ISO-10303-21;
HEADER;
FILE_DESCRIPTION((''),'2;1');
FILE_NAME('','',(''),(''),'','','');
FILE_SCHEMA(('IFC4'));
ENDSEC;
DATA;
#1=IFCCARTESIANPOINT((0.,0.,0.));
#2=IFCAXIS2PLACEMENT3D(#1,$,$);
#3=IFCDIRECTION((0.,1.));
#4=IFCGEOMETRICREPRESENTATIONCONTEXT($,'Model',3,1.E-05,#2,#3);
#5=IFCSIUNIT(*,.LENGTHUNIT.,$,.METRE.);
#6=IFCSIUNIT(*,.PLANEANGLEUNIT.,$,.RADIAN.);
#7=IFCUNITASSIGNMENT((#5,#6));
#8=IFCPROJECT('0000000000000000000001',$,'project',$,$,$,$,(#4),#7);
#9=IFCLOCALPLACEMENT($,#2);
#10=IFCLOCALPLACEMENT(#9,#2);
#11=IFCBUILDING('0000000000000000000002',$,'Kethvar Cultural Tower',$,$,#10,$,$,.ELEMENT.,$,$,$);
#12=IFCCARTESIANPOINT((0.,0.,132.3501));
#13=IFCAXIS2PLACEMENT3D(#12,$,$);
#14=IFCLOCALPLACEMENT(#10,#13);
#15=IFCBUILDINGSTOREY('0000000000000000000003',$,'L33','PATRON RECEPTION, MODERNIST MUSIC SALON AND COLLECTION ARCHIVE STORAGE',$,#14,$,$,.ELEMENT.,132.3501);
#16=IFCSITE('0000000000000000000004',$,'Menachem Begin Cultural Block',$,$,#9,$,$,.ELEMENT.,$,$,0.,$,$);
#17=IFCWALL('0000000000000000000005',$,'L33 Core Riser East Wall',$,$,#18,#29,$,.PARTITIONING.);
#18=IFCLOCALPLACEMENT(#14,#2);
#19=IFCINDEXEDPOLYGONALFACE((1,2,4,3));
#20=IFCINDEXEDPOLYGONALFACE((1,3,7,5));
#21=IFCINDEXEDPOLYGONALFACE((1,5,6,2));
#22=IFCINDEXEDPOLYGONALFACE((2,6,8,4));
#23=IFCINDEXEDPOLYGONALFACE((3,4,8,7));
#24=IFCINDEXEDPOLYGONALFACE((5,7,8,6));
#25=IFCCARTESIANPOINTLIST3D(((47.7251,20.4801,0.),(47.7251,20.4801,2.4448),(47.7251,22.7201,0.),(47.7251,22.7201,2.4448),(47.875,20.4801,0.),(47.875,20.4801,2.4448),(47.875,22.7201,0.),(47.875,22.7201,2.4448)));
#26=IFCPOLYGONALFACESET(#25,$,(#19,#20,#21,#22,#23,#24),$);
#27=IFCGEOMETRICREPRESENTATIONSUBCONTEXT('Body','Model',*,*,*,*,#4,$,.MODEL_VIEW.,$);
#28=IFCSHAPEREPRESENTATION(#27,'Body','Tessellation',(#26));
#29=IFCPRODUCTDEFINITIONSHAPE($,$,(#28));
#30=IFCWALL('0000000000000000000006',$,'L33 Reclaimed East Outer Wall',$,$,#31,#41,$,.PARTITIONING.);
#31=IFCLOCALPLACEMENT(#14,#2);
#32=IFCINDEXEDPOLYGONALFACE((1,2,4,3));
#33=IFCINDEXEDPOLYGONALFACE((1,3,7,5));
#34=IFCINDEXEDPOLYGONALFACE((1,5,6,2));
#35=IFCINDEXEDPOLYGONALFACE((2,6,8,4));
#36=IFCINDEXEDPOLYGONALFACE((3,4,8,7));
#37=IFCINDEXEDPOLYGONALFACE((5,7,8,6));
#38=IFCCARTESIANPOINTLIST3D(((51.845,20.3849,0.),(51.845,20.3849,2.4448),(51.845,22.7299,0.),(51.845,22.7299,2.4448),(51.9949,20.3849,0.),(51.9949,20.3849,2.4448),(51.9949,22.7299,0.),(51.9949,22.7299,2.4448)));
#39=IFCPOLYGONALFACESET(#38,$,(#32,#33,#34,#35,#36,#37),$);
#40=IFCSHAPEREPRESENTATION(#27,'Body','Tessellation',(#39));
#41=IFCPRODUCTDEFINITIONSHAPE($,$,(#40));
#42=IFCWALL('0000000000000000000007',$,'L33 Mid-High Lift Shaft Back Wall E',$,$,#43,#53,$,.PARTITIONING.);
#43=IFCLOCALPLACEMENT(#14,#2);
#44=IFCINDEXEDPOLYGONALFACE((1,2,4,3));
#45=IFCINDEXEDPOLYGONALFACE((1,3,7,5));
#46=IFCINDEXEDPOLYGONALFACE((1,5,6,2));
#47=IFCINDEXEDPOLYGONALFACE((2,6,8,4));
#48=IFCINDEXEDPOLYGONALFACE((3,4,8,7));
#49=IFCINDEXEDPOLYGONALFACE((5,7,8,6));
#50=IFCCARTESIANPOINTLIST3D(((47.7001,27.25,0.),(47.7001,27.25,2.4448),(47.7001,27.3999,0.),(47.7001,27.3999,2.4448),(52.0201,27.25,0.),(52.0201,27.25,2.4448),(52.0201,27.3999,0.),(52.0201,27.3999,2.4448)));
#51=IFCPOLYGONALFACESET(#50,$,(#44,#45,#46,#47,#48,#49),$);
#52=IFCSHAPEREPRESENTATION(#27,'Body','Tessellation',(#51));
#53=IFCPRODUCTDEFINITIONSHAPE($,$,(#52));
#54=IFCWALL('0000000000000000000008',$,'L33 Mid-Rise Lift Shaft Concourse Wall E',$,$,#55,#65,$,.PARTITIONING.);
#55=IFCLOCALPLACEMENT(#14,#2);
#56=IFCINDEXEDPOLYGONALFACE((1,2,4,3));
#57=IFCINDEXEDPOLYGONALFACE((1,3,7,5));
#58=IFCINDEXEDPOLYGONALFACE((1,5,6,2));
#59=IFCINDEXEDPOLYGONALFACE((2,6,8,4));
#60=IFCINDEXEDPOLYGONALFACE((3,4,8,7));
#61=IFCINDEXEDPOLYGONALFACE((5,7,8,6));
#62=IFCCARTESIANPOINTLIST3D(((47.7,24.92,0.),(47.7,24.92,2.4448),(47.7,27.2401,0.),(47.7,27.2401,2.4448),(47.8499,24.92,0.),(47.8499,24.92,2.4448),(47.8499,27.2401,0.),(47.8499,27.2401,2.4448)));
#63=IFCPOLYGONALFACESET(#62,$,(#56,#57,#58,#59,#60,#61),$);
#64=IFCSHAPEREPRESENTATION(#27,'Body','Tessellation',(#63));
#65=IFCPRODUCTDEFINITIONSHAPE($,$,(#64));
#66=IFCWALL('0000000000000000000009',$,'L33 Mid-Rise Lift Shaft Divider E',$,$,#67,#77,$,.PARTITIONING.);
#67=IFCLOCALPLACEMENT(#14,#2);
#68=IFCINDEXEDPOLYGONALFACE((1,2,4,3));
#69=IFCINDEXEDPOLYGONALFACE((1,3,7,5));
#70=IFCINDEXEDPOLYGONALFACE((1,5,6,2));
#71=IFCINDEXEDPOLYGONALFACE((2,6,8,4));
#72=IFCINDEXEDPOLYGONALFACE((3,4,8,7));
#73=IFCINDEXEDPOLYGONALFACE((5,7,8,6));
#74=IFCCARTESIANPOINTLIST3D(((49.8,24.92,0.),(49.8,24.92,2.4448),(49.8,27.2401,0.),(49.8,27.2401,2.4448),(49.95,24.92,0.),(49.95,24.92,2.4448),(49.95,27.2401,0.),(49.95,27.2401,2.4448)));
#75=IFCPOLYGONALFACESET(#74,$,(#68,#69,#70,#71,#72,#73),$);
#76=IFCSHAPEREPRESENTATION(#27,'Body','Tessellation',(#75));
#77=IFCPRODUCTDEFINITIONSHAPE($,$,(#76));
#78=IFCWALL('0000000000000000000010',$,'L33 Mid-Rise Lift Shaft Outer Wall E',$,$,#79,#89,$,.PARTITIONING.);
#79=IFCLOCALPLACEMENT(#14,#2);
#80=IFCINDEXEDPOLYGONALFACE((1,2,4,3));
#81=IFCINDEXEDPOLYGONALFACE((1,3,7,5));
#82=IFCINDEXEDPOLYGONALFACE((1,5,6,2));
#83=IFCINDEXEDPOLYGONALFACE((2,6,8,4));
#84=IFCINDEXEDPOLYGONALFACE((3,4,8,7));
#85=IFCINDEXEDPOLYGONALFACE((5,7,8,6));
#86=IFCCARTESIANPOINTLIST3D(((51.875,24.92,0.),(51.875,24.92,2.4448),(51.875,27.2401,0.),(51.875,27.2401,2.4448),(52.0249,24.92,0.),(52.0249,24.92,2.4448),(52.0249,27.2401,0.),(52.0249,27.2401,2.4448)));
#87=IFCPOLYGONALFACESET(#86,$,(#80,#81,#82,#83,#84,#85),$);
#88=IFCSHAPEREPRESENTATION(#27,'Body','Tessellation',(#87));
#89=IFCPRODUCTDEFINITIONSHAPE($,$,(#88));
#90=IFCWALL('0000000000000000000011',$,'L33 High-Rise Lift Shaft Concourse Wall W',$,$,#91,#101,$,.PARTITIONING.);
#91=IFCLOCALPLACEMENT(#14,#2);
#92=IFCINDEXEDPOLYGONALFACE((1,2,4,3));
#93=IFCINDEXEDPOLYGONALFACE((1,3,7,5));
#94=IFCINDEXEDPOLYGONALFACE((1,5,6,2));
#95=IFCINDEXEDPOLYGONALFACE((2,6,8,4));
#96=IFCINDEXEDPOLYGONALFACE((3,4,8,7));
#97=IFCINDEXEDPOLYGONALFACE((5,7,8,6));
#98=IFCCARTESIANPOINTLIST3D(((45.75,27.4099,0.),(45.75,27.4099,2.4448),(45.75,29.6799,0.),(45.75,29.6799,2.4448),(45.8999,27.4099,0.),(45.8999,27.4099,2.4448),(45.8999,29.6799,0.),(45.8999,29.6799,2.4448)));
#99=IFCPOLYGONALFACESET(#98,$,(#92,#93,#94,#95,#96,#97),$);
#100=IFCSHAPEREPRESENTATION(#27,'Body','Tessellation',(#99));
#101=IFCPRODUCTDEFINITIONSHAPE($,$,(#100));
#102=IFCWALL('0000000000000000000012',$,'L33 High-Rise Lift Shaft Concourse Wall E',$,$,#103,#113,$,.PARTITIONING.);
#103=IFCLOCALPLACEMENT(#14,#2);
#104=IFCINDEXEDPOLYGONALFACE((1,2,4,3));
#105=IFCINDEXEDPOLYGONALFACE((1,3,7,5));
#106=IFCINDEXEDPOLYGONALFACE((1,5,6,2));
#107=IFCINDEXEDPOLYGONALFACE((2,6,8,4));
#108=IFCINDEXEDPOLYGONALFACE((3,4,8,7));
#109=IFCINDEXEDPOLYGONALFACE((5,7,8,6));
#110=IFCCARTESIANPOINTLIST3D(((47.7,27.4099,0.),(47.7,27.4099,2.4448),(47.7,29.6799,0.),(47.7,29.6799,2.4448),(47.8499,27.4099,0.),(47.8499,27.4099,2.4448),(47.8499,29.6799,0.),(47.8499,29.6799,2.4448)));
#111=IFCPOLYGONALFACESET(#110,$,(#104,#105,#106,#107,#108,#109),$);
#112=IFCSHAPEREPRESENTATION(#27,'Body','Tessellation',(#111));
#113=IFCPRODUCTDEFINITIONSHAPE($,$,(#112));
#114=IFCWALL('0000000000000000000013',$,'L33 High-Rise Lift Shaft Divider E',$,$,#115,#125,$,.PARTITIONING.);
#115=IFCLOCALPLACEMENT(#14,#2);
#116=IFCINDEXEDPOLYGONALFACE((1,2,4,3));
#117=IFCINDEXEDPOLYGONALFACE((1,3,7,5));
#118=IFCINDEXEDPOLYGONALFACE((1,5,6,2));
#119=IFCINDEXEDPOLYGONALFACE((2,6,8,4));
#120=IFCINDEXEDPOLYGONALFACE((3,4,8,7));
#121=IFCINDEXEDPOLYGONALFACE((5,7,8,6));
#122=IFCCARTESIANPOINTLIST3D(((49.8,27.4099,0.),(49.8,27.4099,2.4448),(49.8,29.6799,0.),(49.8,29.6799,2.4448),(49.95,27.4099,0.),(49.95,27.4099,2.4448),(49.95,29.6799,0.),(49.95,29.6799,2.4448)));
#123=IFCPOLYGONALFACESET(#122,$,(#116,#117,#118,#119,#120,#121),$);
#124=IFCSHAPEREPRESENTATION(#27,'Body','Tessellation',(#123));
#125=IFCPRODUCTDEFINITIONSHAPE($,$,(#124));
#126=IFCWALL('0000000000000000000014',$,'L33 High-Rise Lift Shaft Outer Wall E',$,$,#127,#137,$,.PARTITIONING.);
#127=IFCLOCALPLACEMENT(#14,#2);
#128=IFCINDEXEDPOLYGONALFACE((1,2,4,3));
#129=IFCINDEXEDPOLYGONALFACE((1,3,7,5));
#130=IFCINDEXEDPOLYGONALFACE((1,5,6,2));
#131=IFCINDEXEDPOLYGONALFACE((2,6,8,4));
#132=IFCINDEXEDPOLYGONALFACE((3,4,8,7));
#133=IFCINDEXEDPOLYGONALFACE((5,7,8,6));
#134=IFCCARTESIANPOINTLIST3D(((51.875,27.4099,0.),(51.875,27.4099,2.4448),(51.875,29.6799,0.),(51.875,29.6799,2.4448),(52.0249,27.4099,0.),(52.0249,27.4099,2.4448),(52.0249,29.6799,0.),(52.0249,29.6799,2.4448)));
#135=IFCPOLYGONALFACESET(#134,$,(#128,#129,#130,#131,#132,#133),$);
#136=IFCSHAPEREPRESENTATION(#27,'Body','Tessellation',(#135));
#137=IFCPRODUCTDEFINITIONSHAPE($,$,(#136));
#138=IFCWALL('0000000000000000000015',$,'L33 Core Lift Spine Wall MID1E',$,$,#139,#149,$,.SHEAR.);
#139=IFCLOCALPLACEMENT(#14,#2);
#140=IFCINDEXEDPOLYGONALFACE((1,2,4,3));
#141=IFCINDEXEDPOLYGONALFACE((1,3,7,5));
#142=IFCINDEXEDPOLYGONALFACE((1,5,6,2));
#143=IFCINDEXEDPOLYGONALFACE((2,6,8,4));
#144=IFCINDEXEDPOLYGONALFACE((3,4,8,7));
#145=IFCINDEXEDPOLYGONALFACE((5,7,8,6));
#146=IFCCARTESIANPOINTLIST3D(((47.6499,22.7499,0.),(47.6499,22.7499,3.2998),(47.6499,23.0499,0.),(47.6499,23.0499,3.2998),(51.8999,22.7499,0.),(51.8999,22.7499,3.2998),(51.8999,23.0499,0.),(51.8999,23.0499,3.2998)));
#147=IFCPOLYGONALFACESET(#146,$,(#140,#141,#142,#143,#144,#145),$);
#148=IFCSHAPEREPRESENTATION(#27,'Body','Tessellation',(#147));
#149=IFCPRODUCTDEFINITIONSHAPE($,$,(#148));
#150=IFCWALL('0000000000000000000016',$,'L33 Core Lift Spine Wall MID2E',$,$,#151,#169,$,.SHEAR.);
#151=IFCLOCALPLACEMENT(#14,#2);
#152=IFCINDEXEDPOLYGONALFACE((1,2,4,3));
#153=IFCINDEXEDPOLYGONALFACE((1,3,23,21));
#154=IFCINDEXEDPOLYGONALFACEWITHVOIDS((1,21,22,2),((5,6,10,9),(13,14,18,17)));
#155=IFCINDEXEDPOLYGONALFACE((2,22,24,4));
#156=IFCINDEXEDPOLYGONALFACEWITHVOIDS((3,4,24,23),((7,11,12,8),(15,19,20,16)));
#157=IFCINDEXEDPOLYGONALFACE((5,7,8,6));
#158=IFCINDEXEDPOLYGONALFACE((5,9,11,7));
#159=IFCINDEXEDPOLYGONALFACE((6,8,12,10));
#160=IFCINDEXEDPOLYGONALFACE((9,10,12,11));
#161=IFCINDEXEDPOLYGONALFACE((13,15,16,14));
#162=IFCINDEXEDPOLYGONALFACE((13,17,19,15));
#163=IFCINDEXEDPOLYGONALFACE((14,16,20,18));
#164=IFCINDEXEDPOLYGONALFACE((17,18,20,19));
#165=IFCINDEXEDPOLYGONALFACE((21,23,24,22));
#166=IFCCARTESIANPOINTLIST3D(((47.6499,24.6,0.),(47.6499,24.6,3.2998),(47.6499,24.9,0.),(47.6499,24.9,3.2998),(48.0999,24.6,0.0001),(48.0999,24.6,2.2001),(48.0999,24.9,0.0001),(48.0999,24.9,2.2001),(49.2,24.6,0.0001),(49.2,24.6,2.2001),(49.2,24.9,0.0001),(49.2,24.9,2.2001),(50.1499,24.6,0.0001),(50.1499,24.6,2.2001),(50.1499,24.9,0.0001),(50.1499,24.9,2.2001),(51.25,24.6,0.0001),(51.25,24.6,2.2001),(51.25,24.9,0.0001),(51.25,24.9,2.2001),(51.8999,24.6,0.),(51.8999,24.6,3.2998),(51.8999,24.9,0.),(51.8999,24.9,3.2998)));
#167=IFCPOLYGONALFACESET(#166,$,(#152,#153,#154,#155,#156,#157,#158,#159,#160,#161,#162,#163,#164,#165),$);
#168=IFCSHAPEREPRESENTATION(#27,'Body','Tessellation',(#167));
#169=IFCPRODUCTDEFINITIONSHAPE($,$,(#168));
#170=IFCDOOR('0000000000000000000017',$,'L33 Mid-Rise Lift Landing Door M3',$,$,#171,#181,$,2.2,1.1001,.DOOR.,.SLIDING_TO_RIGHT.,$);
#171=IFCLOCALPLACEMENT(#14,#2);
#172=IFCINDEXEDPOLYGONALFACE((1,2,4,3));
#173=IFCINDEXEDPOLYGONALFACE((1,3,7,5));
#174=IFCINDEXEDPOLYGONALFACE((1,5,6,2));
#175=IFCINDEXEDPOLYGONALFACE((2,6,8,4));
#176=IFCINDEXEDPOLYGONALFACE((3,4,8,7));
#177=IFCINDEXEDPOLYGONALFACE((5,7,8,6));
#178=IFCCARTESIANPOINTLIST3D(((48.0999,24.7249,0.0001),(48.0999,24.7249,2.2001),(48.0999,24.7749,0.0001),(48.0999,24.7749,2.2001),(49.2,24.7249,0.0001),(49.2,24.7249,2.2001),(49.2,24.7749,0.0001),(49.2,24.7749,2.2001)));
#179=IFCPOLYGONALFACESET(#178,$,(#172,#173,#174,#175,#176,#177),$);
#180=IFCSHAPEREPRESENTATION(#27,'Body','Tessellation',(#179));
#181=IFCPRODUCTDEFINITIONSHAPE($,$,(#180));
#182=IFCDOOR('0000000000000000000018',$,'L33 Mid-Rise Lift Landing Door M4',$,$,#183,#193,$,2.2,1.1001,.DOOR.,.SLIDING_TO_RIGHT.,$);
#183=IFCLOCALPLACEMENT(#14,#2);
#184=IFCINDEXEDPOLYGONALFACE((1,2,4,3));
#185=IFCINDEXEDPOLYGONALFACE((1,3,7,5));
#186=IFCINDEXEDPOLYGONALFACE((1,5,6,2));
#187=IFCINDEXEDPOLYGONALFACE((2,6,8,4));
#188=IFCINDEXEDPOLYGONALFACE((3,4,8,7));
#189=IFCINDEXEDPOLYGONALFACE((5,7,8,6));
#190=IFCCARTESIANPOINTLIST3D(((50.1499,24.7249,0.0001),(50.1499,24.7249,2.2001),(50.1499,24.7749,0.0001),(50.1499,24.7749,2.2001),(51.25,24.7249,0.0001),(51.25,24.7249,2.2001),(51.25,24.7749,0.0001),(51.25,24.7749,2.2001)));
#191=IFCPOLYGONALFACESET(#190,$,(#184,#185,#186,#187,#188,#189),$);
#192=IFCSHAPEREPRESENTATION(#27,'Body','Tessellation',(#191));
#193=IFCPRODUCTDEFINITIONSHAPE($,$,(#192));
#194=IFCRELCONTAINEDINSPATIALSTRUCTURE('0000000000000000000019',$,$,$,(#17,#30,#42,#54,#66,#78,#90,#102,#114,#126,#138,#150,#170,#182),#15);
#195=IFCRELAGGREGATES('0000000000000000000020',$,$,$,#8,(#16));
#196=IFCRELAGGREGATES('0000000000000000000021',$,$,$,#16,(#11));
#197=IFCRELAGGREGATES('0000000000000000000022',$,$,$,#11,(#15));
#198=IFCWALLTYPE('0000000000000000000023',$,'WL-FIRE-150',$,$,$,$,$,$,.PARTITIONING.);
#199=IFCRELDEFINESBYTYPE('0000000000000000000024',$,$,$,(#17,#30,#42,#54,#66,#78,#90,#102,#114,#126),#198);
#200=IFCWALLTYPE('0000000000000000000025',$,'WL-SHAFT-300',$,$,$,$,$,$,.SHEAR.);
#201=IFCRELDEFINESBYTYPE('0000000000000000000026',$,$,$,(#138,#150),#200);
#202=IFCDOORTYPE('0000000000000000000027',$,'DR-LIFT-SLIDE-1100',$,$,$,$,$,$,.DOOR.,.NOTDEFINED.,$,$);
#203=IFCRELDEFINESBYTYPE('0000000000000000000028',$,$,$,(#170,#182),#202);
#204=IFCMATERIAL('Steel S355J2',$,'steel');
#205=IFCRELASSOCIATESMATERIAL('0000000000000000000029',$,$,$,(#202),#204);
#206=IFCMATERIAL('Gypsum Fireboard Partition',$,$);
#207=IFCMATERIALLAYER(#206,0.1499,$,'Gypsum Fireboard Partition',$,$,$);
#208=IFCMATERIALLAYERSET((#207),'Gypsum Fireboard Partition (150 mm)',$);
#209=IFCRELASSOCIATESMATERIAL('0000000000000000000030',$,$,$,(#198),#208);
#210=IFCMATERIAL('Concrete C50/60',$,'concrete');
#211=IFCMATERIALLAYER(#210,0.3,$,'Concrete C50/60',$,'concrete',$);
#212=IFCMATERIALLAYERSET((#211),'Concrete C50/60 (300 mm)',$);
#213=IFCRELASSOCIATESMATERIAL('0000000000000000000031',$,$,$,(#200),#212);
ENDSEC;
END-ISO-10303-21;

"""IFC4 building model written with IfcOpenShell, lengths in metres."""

from ifc_helpers import new_model, si_unit, direction, frame, frame_2d, origin, place, context, subcontext, project, spatial, rectangle, extrude, source, transform, mapped, material, layer, layer_set, type_object, element, fill, save


model = new_model("IFC4")

# Units and contexts
model_context = context("Model", 3, precision=1e-05, world=origin(), true_north=direction((0.0, 1.0)))
body_context = subcontext(model_context, "Body", "Model", "MODEL_VIEW")
ifc_project = project(units=[si_unit("LENGTHUNIT", "METRE"), si_unit("PLANEANGLEUNIT", "RADIAN")], contexts=[model_context])

# Site, building, storey
site_placement = place(None, origin())
site = spatial("IfcSite", under=ifc_project, at=site_placement, Name="Menachem Begin Cultural Block", CompositionType="ELEMENT", RefElevation=0.0)
building_placement = place(site_placement, origin())
building = spatial("IfcBuilding", under=site, at=building_placement, Name="Kethvar Cultural Tower", CompositionType="ELEMENT")
storey_placement = place(building_placement, frame((0.0, 0.0, 132.3501)))
storey = spatial("IfcBuildingStorey", under=building, at=storey_placement, Name="L33", Description="PATRON RECEPTION, MODERNIST MUSIC SALON AND COLLECTION ARCHIVE STORAGE", CompositionType="ELEMENT", Elevation=132.3501)

# Shared definitions
ifc_material_1 = material(Name="Steel S355J2", Category="steel")

# Shared definitions
door_type_1 = type_object("IfcDoorType", Name="DR-LIFT-SLIDE-1100", OperationType="NOTDEFINED", PredefinedType="DOOR", material=ifc_material_1)
shared_shape_1 = source(origin(), body_context, "Body", "SweptSolid", [
    extrude(rectangle(XDim=1.1001, YDim=2.2, at=frame_2d((0.55, 1.1001))), frame((0.0, 0.0249, 0.0), z_axis=(0.0, -1.0, 0.0), x_axis=(1.0, 0.0, 0.0)), (0.0, 0.0, 1.0), 0.05),
])

# Walls
ifc_material_2 = material(Name="Gypsum Fireboard Partition")
ifc_layer_1 = layer(ifc_material_2, 0.1499, Name="Gypsum Fireboard Partition")
ifc_layer_set_1 = layer_set([ifc_layer_1], Name="Gypsum Fireboard Partition (150 mm)")
wall_type_1 = type_object("IfcWallType", Name="WL-FIRE-150", PredefinedType="PARTITIONING", material=ifc_layer_set_1)
wall_1_placement = place(storey_placement, frame((47.8, 20.48, 0.0), z_axis=(0.0, 0.0, 1.0), x_axis=(0.0, 1.0, 0.0)))
element("IfcWall", 1, at=wall_1_placement, inside=storey, type_object=wall_type_1, Name="L33 Core Riser East Wall", PredefinedType="PARTITIONING", context=body_context, shape_type="SweptSolid", body=[
    extrude(rectangle(XDim=2.24, YDim=0.1499, at=frame_2d((1.1201, 0.0))), origin(), (0.0, 0.0, 1.0), 2.4448),
])
wall_2_placement = place(storey_placement, frame((51.9199, 20.385, 0.0), z_axis=(0.0, 0.0, 1.0), x_axis=(0.0, 1.0, 0.0)))
element("IfcWall", 2, at=wall_2_placement, inside=storey, type_object=wall_type_1, Name="L33 Reclaimed East Outer Wall", PredefinedType="PARTITIONING", context=body_context, shape_type="SweptSolid", body=[
    extrude(rectangle(XDim=2.345, YDim=0.1499, at=frame_2d((1.1724, 0.0))), origin(), (0.0, 0.0, 1.0), 2.4448),
])

# Walls
wall_3_placement = place(storey_placement, frame((47.7, 27.325, 0.0), z_axis=(0.0, 0.0, 1.0), x_axis=(1.0, 0.0, 0.0)))
element("IfcWall", 3, at=wall_3_placement, inside=storey, type_object=wall_type_1, Name="L33 Mid-High Lift Shaft Back Wall E", PredefinedType="PARTITIONING", context=body_context, shape_type="SweptSolid", body=[
    extrude(rectangle(XDim=4.3201, YDim=0.1499, at=frame_2d((2.1602, 0.0))), origin(), (0.0, 0.0, 1.0), 2.4448),
])
for number, where, z_axis, x_axis, name in (
    (4, (47.7749, 24.9199, 0.0), (0.0, 0.0, 1.0), (0.0, 1.0, 0.0), "L33 Mid-Rise Lift Shaft Concourse Wall E"),
    (5, (49.875, 24.9199, 0.0), (0.0, 0.0, 1.0), (0.0, 1.0, 0.0), "L33 Mid-Rise Lift Shaft Divider E"),
    (6, (51.95, 24.9199, 0.0), (0.0, 0.0, 1.0), (0.0, 1.0, 0.0), "L33 Mid-Rise Lift Shaft Outer Wall E"),
):
    element("IfcWall", number, at=place(storey_placement, frame(where, z_axis=z_axis, x_axis=x_axis)), inside=storey, type_object=wall_type_1, Name=name, PredefinedType="PARTITIONING", context=body_context, shape_type="SweptSolid", body=[
        extrude(rectangle(XDim=2.3201, YDim=0.1499, at=frame_2d((1.1602, 0.0))), origin(), (0.0, 0.0, 1.0), 2.4448),
    ])
for number, where, z_axis, x_axis, name in (
    (7, (45.825, 27.4099, 0.0), (0.0, 0.0, 1.0), (0.0, 1.0, 0.0), "L33 High-Rise Lift Shaft Concourse Wall W"),
    (8, (47.7749, 27.4099, 0.0), (0.0, 0.0, 1.0), (0.0, 1.0, 0.0), "L33 High-Rise Lift Shaft Concourse Wall E"),
    (9, (49.875, 27.4099, 0.0), (0.0, 0.0, 1.0), (0.0, 1.0, 0.0), "L33 High-Rise Lift Shaft Divider E"),
    (10, (51.95, 27.4099, 0.0), (0.0, 0.0, 1.0), (0.0, 1.0, 0.0), "L33 High-Rise Lift Shaft Outer Wall E"),
):
    element("IfcWall", number, at=place(storey_placement, frame(where, z_axis=z_axis, x_axis=x_axis)), inside=storey, type_object=wall_type_1, Name=name, PredefinedType="PARTITIONING", context=body_context, shape_type="SweptSolid", body=[
        extrude(rectangle(XDim=2.27, YDim=0.1499, at=frame_2d((1.135, 0.0))), origin(), (0.0, 0.0, 1.0), 2.4448),
    ])
ifc_material_3 = material(Name="Concrete C50/60", Category="concrete")
ifc_layer_2 = layer(ifc_material_3, 0.3, Name="Concrete C50/60", Category="concrete")
ifc_layer_set_2 = layer_set([ifc_layer_2], Name="Concrete C50/60 (300 mm)")
wall_type_2 = type_object("IfcWallType", Name="WL-SHAFT-300", PredefinedType="SHEAR", material=ifc_layer_set_2)
wall_4_placement = place(storey_placement, frame((47.6499, 22.8999, 0.0), z_axis=(0.0, 0.0, 1.0), x_axis=(1.0, 0.0, 0.0)))
element("IfcWall", 11, at=wall_4_placement, inside=storey, type_object=wall_type_2, Name="L33 Core Lift Spine Wall MID1E", PredefinedType="SHEAR", context=body_context, shape_type="SweptSolid", body=[
    extrude(rectangle(XDim=4.25, YDim=0.3, at=frame_2d((2.125, 0.0))), origin(), (0.0, 0.0, 1.0), 3.2998),
])

# Wall, openings, doors
wall_5_placement = place(storey_placement, frame((47.6499, 24.75, 0.0), z_axis=(0.0, 0.0, 1.0), x_axis=(1.0, 0.0, 0.0)))
wall_5 = element("IfcWall", 12, at=wall_5_placement, inside=storey, type_object=wall_type_2, Name="L33 Core Lift Spine Wall MID2E", PredefinedType="SHEAR", context=body_context, shape_type="SweptSolid", body=[
    extrude(rectangle(XDim=4.25, YDim=0.3, at=frame_2d((2.125, 0.0))), origin(), (0.0, 0.0, 1.0), 3.2998),
])
opening_1_placement = place(wall_5_placement, frame((0.45, 0.0, 0.0)))
opening_1 = element("IfcOpeningElement", 13, at=opening_1_placement, cuts=wall_5, PredefinedType="OPENING", context=body_context, shape_type="SweptSolid", body=[
    extrude(rectangle(XDim=1.1001, YDim=2.2, at=frame_2d((0.55, 1.1001))), frame((0.0, 0.1599, 0.0), z_axis=(0.0, -1.0, 0.0), x_axis=(1.0, 0.0, 0.0)), (0.0, 0.0, 1.0), 0.3201),
])
opening_2_placement = place(wall_5_placement, frame((2.5, 0.0, 0.0)))
opening_2 = element("IfcOpeningElement", 14, at=opening_2_placement, cuts=wall_5, PredefinedType="OPENING", context=body_context, shape_type="SweptSolid", body=[
    extrude(rectangle(XDim=1.1001, YDim=2.2, at=frame_2d((0.55, 1.1001))), frame((0.0, 0.1599, 0.0), z_axis=(0.0, -1.0, 0.0), x_axis=(1.0, 0.0, 0.0)), (0.0, 0.0, 1.0), 0.3201),
])
door_1_placement = place(opening_1_placement, origin())
door_1 = element("IfcDoor", 15, at=door_1_placement, inside=storey, type_object=door_type_1, Name="L33 Mid-Rise Lift Landing Door M3", OperationType="SLIDING_TO_RIGHT", OverallHeight=2.2, OverallWidth=1.1001, PredefinedType="DOOR", context=body_context, shape_type="MappedRepresentation", body=[
    mapped(shared_shape_1, transform((0.0, 0.0, 0.0), scale=1.0)),
])
fill(opening_1, door_1)
door_2_placement = place(opening_2_placement, origin())
door_2 = element("IfcDoor", 16, at=door_2_placement, inside=storey, type_object=door_type_1, Name="L33 Mid-Rise Lift Landing Door M4", OperationType="SLIDING_TO_RIGHT", OverallHeight=2.2, OverallWidth=1.1001, PredefinedType="DOOR", context=body_context, shape_type="MappedRepresentation", body=[
    mapped(shared_shape_1, transform((0.0, 0.0, 0.0), scale=1.0)),
])
fill(opening_2, door_2)

save(model, "model.ifc")
